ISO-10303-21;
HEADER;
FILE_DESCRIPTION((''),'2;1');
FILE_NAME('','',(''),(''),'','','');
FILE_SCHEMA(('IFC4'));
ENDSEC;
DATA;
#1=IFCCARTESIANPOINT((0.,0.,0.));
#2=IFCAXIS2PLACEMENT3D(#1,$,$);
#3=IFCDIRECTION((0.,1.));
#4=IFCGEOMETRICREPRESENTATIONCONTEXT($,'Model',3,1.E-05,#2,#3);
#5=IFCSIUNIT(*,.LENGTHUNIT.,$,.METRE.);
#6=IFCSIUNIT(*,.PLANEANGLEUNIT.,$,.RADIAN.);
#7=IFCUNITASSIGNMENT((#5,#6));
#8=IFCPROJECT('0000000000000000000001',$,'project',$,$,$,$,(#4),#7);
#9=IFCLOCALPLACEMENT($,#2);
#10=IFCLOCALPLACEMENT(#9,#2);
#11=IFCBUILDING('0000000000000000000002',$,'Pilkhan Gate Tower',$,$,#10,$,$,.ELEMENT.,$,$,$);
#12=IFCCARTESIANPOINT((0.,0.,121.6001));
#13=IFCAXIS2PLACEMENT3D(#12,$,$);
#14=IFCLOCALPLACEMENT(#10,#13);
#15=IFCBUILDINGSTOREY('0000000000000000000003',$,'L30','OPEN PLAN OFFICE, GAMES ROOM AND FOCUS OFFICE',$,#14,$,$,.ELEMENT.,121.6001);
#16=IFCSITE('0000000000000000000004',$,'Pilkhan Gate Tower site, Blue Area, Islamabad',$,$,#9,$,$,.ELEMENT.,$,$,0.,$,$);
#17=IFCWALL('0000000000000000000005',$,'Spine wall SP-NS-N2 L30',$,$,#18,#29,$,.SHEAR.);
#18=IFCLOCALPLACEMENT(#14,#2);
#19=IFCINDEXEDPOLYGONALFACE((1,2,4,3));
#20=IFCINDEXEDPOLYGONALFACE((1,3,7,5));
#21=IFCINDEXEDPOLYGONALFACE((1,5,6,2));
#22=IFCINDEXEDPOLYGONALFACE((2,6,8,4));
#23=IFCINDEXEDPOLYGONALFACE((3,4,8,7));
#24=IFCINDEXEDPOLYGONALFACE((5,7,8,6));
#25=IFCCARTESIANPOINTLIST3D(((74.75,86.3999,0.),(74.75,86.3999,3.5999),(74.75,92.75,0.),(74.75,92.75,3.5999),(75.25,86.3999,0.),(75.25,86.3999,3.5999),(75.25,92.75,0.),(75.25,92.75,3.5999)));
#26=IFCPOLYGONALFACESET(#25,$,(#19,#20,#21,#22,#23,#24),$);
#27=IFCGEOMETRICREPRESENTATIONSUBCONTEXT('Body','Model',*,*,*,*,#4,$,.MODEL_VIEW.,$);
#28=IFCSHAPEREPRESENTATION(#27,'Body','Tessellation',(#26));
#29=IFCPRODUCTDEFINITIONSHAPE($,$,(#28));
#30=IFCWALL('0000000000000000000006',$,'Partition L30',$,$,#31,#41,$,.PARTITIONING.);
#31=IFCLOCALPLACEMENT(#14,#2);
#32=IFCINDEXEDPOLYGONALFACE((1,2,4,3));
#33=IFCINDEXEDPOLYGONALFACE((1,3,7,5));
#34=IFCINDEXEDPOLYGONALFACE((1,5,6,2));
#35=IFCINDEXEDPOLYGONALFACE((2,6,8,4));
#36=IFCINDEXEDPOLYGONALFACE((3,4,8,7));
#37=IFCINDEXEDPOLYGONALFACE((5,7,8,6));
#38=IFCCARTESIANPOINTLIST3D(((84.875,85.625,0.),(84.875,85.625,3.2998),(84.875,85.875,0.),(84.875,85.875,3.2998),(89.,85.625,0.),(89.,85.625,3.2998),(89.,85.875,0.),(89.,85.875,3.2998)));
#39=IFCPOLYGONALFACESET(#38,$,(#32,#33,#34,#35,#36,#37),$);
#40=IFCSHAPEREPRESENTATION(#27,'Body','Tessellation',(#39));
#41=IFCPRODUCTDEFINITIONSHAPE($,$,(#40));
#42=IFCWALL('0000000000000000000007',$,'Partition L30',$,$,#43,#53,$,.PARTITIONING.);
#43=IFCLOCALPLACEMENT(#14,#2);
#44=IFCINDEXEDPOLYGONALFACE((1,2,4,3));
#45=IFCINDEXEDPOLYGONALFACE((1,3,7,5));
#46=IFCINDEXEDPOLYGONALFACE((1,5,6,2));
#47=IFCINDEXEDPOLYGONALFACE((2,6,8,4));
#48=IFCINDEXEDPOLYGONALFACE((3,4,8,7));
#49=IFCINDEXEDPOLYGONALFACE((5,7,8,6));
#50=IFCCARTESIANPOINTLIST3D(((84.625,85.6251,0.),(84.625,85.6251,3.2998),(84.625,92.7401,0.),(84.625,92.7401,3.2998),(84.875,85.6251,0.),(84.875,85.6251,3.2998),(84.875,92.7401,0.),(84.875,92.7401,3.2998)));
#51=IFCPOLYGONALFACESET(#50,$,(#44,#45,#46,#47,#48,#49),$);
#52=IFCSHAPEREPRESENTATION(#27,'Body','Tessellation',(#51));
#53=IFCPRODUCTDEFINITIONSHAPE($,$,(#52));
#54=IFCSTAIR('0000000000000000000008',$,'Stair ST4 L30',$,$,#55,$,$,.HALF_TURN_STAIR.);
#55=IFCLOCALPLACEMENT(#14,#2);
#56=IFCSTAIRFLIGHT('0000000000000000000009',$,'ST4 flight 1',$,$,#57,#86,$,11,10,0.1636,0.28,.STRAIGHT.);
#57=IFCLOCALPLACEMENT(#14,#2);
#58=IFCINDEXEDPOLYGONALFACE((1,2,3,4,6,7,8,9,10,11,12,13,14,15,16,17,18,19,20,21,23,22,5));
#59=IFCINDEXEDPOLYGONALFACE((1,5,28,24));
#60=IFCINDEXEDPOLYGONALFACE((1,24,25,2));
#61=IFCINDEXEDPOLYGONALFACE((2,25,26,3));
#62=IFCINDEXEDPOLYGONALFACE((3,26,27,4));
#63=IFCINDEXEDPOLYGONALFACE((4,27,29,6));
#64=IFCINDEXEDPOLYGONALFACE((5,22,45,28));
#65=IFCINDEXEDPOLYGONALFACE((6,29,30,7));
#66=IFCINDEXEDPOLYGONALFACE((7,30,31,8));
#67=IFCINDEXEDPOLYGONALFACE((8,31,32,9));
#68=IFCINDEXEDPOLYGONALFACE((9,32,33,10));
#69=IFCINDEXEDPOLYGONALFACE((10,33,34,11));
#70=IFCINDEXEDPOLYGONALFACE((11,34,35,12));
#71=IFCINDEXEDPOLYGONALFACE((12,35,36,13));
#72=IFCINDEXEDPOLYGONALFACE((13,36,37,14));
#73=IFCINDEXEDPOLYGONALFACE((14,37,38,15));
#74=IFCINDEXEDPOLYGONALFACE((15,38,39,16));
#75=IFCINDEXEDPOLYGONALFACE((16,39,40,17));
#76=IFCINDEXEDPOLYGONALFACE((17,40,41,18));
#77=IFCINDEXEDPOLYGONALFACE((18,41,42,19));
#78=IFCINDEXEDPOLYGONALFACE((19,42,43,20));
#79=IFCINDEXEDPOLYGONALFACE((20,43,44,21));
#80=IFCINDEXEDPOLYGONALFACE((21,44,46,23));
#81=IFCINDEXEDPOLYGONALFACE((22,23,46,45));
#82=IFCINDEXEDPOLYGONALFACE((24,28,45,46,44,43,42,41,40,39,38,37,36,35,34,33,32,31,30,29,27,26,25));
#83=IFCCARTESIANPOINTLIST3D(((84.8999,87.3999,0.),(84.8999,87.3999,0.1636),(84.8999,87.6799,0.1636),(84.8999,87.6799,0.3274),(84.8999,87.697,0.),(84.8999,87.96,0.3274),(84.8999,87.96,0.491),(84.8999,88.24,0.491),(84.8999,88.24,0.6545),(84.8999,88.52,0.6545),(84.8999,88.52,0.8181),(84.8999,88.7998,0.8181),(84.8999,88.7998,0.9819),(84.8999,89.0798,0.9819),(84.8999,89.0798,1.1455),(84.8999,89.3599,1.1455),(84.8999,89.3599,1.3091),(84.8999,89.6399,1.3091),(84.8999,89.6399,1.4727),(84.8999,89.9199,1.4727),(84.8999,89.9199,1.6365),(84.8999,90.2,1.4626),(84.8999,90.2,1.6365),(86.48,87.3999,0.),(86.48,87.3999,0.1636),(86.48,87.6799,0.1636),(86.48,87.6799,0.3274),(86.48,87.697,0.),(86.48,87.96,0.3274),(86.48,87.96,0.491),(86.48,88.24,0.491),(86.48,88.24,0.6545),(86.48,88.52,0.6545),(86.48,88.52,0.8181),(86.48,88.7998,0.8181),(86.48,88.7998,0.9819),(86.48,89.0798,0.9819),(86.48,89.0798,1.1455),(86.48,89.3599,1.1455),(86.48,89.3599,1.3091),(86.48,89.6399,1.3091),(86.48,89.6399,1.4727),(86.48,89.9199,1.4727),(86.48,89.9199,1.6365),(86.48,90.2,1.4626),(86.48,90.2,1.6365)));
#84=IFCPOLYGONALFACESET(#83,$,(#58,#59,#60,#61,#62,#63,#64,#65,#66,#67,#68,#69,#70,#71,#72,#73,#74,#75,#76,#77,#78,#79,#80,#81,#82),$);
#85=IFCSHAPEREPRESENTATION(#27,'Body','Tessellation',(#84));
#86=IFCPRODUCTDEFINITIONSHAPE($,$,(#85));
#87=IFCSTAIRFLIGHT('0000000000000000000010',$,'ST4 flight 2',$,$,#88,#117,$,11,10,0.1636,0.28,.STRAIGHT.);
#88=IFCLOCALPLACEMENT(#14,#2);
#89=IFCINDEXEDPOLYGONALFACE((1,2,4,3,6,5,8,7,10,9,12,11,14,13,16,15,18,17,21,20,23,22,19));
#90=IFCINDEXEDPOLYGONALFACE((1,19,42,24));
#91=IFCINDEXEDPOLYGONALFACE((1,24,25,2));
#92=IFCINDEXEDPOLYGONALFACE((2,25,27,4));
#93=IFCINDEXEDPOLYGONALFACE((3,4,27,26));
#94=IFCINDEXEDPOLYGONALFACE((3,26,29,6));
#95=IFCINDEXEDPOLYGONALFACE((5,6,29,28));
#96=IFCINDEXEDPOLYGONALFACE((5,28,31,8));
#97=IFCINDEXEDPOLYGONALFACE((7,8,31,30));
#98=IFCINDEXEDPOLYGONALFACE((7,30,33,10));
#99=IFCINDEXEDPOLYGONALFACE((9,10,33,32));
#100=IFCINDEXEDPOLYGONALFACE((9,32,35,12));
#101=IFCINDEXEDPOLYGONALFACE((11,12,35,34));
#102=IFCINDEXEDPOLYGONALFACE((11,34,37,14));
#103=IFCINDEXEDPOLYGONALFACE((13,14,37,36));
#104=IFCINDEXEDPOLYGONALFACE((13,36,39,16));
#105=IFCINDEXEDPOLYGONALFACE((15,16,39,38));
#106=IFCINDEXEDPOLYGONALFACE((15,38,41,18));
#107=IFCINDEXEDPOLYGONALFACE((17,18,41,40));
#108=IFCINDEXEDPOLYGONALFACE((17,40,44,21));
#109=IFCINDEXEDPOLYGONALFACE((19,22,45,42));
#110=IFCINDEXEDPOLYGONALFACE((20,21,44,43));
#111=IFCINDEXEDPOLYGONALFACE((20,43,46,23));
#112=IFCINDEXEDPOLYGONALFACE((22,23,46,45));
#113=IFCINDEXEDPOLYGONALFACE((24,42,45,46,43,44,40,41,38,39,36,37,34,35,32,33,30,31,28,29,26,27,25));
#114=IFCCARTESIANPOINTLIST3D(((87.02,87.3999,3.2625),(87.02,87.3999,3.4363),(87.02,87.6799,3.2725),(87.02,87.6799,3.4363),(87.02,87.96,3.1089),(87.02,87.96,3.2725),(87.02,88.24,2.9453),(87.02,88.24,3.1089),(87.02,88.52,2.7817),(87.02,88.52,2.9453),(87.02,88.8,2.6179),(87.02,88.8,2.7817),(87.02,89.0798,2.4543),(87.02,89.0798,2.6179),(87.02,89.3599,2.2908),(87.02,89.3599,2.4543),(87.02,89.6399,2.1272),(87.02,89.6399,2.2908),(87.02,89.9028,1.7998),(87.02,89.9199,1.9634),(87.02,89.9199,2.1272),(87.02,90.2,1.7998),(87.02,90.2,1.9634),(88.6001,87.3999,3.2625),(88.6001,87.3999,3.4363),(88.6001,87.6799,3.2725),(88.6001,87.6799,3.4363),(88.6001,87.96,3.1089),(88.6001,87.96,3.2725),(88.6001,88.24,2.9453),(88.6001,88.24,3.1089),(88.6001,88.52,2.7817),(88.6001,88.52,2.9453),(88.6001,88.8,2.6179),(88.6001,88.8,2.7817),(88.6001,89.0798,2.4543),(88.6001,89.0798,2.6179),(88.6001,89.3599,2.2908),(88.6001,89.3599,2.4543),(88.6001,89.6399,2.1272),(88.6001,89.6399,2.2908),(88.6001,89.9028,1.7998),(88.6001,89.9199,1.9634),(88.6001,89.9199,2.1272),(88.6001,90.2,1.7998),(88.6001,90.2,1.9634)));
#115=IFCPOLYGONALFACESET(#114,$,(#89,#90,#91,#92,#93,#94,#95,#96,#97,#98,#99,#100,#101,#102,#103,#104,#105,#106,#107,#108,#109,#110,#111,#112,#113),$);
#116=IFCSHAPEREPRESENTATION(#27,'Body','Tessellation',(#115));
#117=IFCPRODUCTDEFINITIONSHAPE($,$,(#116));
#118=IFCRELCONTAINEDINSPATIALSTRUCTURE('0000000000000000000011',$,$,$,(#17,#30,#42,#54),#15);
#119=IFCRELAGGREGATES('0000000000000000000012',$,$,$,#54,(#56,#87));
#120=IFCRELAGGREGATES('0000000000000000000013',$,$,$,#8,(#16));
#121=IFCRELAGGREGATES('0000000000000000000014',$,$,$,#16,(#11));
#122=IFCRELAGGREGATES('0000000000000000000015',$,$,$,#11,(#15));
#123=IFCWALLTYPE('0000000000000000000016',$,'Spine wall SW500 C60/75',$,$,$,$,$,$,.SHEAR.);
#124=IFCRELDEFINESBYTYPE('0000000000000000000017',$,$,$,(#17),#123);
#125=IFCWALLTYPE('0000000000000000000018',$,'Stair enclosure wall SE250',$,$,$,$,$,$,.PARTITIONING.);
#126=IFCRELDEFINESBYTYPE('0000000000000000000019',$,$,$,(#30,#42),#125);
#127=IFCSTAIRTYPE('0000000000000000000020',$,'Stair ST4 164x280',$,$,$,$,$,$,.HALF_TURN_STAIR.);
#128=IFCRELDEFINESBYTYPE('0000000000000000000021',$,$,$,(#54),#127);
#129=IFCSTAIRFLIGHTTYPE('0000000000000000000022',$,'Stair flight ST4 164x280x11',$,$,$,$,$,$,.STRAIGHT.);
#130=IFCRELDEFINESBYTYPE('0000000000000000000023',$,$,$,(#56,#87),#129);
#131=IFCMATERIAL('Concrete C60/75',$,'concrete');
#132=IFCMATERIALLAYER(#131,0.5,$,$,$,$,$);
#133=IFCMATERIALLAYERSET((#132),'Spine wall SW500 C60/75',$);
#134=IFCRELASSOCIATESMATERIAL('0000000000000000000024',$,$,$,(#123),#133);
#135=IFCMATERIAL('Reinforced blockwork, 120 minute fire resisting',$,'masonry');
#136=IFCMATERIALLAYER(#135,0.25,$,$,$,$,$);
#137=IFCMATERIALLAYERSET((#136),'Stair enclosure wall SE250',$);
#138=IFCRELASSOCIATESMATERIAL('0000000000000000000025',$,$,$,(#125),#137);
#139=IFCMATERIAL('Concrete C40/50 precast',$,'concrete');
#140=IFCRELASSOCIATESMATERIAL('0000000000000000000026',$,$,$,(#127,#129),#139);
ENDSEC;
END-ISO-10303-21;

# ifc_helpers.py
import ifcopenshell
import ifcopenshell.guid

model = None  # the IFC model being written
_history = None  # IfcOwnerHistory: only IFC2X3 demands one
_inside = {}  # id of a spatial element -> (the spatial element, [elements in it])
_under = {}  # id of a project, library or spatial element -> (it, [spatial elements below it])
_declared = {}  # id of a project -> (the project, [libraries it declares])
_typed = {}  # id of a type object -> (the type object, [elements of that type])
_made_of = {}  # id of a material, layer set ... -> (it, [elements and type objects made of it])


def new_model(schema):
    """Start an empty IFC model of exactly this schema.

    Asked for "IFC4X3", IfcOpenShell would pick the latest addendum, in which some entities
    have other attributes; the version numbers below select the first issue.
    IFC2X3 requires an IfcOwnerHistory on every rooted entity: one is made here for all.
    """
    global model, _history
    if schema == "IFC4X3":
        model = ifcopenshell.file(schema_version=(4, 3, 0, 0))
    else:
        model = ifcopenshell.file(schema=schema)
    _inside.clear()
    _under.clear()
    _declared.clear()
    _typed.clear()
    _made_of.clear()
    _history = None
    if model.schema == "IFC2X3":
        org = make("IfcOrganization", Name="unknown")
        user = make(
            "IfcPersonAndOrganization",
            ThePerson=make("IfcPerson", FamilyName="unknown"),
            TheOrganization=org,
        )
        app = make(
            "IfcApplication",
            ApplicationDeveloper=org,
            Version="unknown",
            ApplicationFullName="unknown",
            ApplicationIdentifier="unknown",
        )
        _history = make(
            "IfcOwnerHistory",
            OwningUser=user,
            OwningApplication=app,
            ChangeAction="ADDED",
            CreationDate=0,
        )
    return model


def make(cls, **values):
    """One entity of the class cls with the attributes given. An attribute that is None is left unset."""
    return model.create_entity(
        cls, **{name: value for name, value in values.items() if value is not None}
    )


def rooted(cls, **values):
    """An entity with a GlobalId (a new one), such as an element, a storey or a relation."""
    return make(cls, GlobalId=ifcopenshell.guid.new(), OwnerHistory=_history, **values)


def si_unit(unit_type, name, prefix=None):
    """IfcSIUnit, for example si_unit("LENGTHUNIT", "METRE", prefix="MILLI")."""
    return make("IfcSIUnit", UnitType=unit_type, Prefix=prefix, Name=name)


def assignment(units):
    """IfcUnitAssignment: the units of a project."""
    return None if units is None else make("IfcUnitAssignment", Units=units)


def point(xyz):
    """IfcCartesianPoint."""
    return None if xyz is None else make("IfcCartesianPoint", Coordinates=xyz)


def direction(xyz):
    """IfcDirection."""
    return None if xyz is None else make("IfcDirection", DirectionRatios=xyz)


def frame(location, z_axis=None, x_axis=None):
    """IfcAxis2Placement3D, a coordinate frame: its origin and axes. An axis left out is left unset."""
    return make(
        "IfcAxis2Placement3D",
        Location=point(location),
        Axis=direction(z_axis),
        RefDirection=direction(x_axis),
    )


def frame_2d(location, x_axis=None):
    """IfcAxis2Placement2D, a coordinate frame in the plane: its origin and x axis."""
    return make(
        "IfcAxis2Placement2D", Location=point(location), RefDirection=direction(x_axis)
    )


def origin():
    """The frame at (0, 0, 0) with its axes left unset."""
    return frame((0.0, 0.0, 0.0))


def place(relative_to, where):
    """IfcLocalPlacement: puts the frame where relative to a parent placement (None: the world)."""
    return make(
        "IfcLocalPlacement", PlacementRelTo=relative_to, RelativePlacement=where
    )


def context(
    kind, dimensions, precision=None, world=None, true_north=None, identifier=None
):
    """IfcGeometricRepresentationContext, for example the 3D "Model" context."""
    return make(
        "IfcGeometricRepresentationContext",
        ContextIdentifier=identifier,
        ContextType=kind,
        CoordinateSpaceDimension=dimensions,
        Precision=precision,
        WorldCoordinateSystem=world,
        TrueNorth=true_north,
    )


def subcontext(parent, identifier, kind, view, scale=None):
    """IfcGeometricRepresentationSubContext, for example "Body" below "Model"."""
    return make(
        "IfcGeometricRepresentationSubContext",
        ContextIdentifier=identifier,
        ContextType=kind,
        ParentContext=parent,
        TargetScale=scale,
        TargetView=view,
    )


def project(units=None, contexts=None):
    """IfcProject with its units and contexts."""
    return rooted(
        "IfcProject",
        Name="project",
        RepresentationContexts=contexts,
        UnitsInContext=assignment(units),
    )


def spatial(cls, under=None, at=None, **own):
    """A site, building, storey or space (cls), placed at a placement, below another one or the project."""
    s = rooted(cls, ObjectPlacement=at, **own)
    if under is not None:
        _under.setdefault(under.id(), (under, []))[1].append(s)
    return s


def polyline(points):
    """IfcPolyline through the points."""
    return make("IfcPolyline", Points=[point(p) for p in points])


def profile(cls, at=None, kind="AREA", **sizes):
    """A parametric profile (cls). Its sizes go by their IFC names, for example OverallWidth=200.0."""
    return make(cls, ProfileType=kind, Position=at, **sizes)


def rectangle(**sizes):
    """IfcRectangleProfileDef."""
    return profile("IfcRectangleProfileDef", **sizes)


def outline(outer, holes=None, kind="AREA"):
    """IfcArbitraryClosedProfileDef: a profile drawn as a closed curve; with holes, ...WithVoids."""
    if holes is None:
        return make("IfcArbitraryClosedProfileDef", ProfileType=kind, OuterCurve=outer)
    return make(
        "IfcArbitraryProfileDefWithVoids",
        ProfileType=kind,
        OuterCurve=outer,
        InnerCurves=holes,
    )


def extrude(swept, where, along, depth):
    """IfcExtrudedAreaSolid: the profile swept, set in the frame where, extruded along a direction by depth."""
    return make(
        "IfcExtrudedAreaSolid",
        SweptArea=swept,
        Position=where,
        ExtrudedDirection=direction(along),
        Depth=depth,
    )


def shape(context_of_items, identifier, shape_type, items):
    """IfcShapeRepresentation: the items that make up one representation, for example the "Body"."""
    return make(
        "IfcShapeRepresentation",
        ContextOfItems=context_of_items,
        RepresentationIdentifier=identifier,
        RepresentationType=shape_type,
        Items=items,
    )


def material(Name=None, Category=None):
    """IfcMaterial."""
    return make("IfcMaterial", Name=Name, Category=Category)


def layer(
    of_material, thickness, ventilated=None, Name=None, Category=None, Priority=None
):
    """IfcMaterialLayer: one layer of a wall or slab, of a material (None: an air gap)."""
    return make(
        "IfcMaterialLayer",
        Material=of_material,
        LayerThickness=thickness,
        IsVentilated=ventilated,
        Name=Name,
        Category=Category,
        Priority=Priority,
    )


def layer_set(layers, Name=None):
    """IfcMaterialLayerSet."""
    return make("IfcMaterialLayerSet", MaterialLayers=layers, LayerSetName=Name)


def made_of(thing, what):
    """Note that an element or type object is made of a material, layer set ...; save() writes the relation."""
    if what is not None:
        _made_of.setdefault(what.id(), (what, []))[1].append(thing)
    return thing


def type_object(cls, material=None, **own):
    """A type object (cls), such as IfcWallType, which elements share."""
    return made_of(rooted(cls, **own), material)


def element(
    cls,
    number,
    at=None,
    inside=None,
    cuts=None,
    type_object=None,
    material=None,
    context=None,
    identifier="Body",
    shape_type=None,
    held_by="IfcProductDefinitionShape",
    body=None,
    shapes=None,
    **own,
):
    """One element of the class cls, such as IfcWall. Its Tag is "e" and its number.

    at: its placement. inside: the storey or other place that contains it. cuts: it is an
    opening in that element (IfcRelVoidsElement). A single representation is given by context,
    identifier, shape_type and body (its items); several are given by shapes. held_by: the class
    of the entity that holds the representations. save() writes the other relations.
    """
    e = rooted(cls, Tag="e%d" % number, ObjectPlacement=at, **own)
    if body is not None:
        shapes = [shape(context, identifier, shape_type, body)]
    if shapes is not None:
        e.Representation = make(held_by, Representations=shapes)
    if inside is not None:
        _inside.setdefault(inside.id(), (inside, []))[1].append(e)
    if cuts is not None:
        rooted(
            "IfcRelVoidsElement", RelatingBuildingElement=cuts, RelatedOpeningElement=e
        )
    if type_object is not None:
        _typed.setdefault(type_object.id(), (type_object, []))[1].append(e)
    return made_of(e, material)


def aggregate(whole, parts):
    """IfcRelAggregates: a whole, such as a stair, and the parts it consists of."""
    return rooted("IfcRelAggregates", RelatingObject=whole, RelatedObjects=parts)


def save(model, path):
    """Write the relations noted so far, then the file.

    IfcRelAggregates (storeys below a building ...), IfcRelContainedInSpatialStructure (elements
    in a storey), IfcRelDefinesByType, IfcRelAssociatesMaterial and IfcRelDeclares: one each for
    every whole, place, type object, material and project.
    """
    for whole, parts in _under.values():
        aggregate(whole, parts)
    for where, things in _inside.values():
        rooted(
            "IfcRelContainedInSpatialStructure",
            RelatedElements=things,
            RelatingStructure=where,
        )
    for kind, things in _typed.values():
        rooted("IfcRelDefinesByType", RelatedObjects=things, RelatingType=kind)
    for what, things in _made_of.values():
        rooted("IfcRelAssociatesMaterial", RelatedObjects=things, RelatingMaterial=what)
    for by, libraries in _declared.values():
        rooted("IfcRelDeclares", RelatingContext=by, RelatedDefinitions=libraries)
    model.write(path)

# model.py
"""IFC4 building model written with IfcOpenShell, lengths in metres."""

from ifc_helpers import new_model, si_unit, direction, frame, frame_2d, origin, place, context, subcontext, project, spatial, polyline, rectangle, outline, extrude, material, layer, layer_set, type_object, element, aggregate, save


model = new_model("IFC4")

# Units and contexts
model_context = context("Model", 3, precision=1e-05, world=origin(), true_north=direction((0.0, 1.0)))
body_context = subcontext(model_context, "Body", "Model", "MODEL_VIEW")
ifc_project = project(units=[si_unit("LENGTHUNIT", "METRE"), si_unit("PLANEANGLEUNIT", "RADIAN")], contexts=[model_context])

# Site, building, storey
site_placement = place(None, origin())
site = spatial("IfcSite", under=ifc_project, at=site_placement, Name="Pilkhan Gate Tower site, Blue Area, Islamabad", CompositionType="ELEMENT", RefElevation=0.0)
building_placement = place(site_placement, origin())
building = spatial("IfcBuilding", under=site, at=building_placement, Name="Pilkhan Gate Tower", CompositionType="ELEMENT")
storey_placement = place(building_placement, frame((0.0, 0.0, 121.6001)))
storey = spatial("IfcBuildingStorey", under=building, at=storey_placement, Name="L30", Description="OPEN PLAN OFFICE, GAMES ROOM AND FOCUS OFFICE", CompositionType="ELEMENT", Elevation=121.6001)

# Walls
ifc_material_1 = material(Name="Concrete C60/75", Category="concrete")
ifc_layer_1 = layer(ifc_material_1, 0.5)
ifc_layer_set_1 = layer_set([ifc_layer_1], Name="Spine wall SW500 C60/75")
wall_type_1 = type_object("IfcWallType", Name="Spine wall SW500 C60/75", PredefinedType="SHEAR", material=ifc_layer_set_1)
wall_1_placement = place(storey_placement, frame((75.0, 86.3999, 0.0), z_axis=(0.0, 0.0, 1.0), x_axis=(0.0, 1.0, 0.0)))
element("IfcWall", 1, at=wall_1_placement, inside=storey, type_object=wall_type_1, Name="Spine wall SP-NS-N2 L30", PredefinedType="SHEAR", context=body_context, shape_type="SweptSolid", body=[
    extrude(rectangle(XDim=6.3501, YDim=0.5, at=frame_2d((3.175, 0.0))), origin(), (0.0, 0.0, 1.0), 3.5999),
])
ifc_material_2 = material(Name="Reinforced blockwork, 120 minute fire resisting", Category="masonry")
ifc_layer_2 = layer(ifc_material_2, 0.25)
ifc_layer_set_2 = layer_set([ifc_layer_2], Name="Stair enclosure wall SE250")
wall_type_2 = type_object("IfcWallType", Name="Stair enclosure wall SE250", PredefinedType="PARTITIONING", material=ifc_layer_set_2)
wall_2_placement = place(storey_placement, frame((84.875, 85.75, 0.0), z_axis=(0.0, 0.0, 1.0), x_axis=(1.0, 0.0, 0.0)))
element("IfcWall", 2, at=wall_2_placement, inside=storey, type_object=wall_type_2, Name="Partition L30", PredefinedType="PARTITIONING", context=body_context, shape_type="SweptSolid", body=[
    extrude(rectangle(XDim=4.125, YDim=0.25, at=frame_2d((2.0625, 0.0))), origin(), (0.0, 0.0, 1.0), 3.2998),
])
wall_3_placement = place(storey_placement, frame((84.75, 85.625, 0.0), z_axis=(0.0, 0.0, 1.0), x_axis=(0.0, 1.0, 0.0)))
element("IfcWall", 3, at=wall_3_placement, inside=storey, type_object=wall_type_2, Name="Partition L30", PredefinedType="PARTITIONING", context=body_context, shape_type="SweptSolid", body=[
    extrude(rectangle(XDim=7.115, YDim=0.25, at=frame_2d((3.5576, 0.0))), origin(), (0.0, 0.0, 1.0), 3.2998),
])

# Stair, stair flights
ifc_material_3 = material(Name="Concrete C40/50 precast", Category="concrete")
stair_type = type_object("IfcStairType", Name="Stair ST4 164x280", PredefinedType="HALF_TURN_STAIR", material=ifc_material_3)
stair_placement = place(storey_placement, origin())
stair = element("IfcStair", 4, at=stair_placement, inside=storey, type_object=stair_type, Name="Stair ST4 L30", PredefinedType="HALF_TURN_STAIR")
stair_flight_type = type_object("IfcStairFlightType", Name="Stair flight ST4 164x280x11", PredefinedType="STRAIGHT", material=ifc_material_3)
stair_flight_1_placement = place(storey_placement, frame((85.6899, 87.3999, 0.0), z_axis=(0.0, 0.0, 1.0), x_axis=(0.0, 1.0, 0.0)))
stair_flight_1 = element("IfcStairFlight", 5, at=stair_flight_1_placement, type_object=stair_flight_type, Name="ST4 flight 1", NumberOfRisers=11, NumberOfTreads=10, PredefinedType="STRAIGHT", RiserHeight=0.1636, TreadLength=0.28, context=body_context, shape_type="SweptSolid", body=[
    extrude(outline(polyline([(0.0, 0.0), (0.0, 0.1636), (0.28, 0.1636), (0.28, 0.3274), (0.5601, 0.3274), (0.5601, 0.491), (0.8401, 0.491), (0.8401, 0.6545), (1.1201, 0.6545), (1.1201, 0.8181), (1.3999, 0.8181), (1.3999, 0.9819), (1.6799, 0.9819), (1.6799, 1.1455), (1.96, 1.1455), (1.96, 1.3091), (2.24, 1.3091), (2.24, 1.4727), (2.52, 1.4727), (2.52, 1.6365), (2.8, 1.6365), (2.8, 1.8), (2.8, 1.4626), (0.2971, 0.0), (0.0, 0.0)])), frame((0.0, 0.79, 0.0), z_axis=(0.0, -1.0, 0.0), x_axis=(1.0, 0.0, 0.0)), (0.0, 0.0, 1.0), 1.5801),
])
stair_flight_2_placement = place(storey_placement, frame((87.8101, 90.2, 1.7998), z_axis=(0.0, 0.0, 1.0), x_axis=(0.0, -1.0, 0.0)))
stair_flight_2 = element("IfcStairFlight", 6, at=stair_flight_2_placement, type_object=stair_flight_type, Name="ST4 flight 2", NumberOfRisers=11, NumberOfTreads=10, PredefinedType="STRAIGHT", RiserHeight=0.1636, TreadLength=0.28, context=body_context, shape_type="SweptSolid", body=[
    extrude(outline(polyline([(0.0, 0.0), (0.0, 0.1636), (0.28, 0.1636), (0.28, 0.3274), (0.5601, 0.3274), (0.5601, 0.491), (0.8401, 0.491), (0.8401, 0.6545), (1.1201, 0.6545), (1.1201, 0.8181), (1.3999, 0.8181), (1.3999, 0.9819), (1.6799, 0.9819), (1.6799, 1.1455), (1.96, 1.1455), (1.96, 1.3091), (2.24, 1.3091), (2.24, 1.4727), (2.52, 1.4727), (2.52, 1.6365), (2.8, 1.6365), (2.8, 1.8), (2.8, 1.4626), (0.2971, 0.0), (0.0, 0.0)])), frame((0.0, 0.79, 0.0), z_axis=(0.0, -1.0, 0.0), x_axis=(1.0, 0.0, 0.0)), (0.0, 0.0, 1.0), 1.5801),
])
aggregate(stair, [stair_flight_1, stair_flight_2])

save(model, "model.ifc")
